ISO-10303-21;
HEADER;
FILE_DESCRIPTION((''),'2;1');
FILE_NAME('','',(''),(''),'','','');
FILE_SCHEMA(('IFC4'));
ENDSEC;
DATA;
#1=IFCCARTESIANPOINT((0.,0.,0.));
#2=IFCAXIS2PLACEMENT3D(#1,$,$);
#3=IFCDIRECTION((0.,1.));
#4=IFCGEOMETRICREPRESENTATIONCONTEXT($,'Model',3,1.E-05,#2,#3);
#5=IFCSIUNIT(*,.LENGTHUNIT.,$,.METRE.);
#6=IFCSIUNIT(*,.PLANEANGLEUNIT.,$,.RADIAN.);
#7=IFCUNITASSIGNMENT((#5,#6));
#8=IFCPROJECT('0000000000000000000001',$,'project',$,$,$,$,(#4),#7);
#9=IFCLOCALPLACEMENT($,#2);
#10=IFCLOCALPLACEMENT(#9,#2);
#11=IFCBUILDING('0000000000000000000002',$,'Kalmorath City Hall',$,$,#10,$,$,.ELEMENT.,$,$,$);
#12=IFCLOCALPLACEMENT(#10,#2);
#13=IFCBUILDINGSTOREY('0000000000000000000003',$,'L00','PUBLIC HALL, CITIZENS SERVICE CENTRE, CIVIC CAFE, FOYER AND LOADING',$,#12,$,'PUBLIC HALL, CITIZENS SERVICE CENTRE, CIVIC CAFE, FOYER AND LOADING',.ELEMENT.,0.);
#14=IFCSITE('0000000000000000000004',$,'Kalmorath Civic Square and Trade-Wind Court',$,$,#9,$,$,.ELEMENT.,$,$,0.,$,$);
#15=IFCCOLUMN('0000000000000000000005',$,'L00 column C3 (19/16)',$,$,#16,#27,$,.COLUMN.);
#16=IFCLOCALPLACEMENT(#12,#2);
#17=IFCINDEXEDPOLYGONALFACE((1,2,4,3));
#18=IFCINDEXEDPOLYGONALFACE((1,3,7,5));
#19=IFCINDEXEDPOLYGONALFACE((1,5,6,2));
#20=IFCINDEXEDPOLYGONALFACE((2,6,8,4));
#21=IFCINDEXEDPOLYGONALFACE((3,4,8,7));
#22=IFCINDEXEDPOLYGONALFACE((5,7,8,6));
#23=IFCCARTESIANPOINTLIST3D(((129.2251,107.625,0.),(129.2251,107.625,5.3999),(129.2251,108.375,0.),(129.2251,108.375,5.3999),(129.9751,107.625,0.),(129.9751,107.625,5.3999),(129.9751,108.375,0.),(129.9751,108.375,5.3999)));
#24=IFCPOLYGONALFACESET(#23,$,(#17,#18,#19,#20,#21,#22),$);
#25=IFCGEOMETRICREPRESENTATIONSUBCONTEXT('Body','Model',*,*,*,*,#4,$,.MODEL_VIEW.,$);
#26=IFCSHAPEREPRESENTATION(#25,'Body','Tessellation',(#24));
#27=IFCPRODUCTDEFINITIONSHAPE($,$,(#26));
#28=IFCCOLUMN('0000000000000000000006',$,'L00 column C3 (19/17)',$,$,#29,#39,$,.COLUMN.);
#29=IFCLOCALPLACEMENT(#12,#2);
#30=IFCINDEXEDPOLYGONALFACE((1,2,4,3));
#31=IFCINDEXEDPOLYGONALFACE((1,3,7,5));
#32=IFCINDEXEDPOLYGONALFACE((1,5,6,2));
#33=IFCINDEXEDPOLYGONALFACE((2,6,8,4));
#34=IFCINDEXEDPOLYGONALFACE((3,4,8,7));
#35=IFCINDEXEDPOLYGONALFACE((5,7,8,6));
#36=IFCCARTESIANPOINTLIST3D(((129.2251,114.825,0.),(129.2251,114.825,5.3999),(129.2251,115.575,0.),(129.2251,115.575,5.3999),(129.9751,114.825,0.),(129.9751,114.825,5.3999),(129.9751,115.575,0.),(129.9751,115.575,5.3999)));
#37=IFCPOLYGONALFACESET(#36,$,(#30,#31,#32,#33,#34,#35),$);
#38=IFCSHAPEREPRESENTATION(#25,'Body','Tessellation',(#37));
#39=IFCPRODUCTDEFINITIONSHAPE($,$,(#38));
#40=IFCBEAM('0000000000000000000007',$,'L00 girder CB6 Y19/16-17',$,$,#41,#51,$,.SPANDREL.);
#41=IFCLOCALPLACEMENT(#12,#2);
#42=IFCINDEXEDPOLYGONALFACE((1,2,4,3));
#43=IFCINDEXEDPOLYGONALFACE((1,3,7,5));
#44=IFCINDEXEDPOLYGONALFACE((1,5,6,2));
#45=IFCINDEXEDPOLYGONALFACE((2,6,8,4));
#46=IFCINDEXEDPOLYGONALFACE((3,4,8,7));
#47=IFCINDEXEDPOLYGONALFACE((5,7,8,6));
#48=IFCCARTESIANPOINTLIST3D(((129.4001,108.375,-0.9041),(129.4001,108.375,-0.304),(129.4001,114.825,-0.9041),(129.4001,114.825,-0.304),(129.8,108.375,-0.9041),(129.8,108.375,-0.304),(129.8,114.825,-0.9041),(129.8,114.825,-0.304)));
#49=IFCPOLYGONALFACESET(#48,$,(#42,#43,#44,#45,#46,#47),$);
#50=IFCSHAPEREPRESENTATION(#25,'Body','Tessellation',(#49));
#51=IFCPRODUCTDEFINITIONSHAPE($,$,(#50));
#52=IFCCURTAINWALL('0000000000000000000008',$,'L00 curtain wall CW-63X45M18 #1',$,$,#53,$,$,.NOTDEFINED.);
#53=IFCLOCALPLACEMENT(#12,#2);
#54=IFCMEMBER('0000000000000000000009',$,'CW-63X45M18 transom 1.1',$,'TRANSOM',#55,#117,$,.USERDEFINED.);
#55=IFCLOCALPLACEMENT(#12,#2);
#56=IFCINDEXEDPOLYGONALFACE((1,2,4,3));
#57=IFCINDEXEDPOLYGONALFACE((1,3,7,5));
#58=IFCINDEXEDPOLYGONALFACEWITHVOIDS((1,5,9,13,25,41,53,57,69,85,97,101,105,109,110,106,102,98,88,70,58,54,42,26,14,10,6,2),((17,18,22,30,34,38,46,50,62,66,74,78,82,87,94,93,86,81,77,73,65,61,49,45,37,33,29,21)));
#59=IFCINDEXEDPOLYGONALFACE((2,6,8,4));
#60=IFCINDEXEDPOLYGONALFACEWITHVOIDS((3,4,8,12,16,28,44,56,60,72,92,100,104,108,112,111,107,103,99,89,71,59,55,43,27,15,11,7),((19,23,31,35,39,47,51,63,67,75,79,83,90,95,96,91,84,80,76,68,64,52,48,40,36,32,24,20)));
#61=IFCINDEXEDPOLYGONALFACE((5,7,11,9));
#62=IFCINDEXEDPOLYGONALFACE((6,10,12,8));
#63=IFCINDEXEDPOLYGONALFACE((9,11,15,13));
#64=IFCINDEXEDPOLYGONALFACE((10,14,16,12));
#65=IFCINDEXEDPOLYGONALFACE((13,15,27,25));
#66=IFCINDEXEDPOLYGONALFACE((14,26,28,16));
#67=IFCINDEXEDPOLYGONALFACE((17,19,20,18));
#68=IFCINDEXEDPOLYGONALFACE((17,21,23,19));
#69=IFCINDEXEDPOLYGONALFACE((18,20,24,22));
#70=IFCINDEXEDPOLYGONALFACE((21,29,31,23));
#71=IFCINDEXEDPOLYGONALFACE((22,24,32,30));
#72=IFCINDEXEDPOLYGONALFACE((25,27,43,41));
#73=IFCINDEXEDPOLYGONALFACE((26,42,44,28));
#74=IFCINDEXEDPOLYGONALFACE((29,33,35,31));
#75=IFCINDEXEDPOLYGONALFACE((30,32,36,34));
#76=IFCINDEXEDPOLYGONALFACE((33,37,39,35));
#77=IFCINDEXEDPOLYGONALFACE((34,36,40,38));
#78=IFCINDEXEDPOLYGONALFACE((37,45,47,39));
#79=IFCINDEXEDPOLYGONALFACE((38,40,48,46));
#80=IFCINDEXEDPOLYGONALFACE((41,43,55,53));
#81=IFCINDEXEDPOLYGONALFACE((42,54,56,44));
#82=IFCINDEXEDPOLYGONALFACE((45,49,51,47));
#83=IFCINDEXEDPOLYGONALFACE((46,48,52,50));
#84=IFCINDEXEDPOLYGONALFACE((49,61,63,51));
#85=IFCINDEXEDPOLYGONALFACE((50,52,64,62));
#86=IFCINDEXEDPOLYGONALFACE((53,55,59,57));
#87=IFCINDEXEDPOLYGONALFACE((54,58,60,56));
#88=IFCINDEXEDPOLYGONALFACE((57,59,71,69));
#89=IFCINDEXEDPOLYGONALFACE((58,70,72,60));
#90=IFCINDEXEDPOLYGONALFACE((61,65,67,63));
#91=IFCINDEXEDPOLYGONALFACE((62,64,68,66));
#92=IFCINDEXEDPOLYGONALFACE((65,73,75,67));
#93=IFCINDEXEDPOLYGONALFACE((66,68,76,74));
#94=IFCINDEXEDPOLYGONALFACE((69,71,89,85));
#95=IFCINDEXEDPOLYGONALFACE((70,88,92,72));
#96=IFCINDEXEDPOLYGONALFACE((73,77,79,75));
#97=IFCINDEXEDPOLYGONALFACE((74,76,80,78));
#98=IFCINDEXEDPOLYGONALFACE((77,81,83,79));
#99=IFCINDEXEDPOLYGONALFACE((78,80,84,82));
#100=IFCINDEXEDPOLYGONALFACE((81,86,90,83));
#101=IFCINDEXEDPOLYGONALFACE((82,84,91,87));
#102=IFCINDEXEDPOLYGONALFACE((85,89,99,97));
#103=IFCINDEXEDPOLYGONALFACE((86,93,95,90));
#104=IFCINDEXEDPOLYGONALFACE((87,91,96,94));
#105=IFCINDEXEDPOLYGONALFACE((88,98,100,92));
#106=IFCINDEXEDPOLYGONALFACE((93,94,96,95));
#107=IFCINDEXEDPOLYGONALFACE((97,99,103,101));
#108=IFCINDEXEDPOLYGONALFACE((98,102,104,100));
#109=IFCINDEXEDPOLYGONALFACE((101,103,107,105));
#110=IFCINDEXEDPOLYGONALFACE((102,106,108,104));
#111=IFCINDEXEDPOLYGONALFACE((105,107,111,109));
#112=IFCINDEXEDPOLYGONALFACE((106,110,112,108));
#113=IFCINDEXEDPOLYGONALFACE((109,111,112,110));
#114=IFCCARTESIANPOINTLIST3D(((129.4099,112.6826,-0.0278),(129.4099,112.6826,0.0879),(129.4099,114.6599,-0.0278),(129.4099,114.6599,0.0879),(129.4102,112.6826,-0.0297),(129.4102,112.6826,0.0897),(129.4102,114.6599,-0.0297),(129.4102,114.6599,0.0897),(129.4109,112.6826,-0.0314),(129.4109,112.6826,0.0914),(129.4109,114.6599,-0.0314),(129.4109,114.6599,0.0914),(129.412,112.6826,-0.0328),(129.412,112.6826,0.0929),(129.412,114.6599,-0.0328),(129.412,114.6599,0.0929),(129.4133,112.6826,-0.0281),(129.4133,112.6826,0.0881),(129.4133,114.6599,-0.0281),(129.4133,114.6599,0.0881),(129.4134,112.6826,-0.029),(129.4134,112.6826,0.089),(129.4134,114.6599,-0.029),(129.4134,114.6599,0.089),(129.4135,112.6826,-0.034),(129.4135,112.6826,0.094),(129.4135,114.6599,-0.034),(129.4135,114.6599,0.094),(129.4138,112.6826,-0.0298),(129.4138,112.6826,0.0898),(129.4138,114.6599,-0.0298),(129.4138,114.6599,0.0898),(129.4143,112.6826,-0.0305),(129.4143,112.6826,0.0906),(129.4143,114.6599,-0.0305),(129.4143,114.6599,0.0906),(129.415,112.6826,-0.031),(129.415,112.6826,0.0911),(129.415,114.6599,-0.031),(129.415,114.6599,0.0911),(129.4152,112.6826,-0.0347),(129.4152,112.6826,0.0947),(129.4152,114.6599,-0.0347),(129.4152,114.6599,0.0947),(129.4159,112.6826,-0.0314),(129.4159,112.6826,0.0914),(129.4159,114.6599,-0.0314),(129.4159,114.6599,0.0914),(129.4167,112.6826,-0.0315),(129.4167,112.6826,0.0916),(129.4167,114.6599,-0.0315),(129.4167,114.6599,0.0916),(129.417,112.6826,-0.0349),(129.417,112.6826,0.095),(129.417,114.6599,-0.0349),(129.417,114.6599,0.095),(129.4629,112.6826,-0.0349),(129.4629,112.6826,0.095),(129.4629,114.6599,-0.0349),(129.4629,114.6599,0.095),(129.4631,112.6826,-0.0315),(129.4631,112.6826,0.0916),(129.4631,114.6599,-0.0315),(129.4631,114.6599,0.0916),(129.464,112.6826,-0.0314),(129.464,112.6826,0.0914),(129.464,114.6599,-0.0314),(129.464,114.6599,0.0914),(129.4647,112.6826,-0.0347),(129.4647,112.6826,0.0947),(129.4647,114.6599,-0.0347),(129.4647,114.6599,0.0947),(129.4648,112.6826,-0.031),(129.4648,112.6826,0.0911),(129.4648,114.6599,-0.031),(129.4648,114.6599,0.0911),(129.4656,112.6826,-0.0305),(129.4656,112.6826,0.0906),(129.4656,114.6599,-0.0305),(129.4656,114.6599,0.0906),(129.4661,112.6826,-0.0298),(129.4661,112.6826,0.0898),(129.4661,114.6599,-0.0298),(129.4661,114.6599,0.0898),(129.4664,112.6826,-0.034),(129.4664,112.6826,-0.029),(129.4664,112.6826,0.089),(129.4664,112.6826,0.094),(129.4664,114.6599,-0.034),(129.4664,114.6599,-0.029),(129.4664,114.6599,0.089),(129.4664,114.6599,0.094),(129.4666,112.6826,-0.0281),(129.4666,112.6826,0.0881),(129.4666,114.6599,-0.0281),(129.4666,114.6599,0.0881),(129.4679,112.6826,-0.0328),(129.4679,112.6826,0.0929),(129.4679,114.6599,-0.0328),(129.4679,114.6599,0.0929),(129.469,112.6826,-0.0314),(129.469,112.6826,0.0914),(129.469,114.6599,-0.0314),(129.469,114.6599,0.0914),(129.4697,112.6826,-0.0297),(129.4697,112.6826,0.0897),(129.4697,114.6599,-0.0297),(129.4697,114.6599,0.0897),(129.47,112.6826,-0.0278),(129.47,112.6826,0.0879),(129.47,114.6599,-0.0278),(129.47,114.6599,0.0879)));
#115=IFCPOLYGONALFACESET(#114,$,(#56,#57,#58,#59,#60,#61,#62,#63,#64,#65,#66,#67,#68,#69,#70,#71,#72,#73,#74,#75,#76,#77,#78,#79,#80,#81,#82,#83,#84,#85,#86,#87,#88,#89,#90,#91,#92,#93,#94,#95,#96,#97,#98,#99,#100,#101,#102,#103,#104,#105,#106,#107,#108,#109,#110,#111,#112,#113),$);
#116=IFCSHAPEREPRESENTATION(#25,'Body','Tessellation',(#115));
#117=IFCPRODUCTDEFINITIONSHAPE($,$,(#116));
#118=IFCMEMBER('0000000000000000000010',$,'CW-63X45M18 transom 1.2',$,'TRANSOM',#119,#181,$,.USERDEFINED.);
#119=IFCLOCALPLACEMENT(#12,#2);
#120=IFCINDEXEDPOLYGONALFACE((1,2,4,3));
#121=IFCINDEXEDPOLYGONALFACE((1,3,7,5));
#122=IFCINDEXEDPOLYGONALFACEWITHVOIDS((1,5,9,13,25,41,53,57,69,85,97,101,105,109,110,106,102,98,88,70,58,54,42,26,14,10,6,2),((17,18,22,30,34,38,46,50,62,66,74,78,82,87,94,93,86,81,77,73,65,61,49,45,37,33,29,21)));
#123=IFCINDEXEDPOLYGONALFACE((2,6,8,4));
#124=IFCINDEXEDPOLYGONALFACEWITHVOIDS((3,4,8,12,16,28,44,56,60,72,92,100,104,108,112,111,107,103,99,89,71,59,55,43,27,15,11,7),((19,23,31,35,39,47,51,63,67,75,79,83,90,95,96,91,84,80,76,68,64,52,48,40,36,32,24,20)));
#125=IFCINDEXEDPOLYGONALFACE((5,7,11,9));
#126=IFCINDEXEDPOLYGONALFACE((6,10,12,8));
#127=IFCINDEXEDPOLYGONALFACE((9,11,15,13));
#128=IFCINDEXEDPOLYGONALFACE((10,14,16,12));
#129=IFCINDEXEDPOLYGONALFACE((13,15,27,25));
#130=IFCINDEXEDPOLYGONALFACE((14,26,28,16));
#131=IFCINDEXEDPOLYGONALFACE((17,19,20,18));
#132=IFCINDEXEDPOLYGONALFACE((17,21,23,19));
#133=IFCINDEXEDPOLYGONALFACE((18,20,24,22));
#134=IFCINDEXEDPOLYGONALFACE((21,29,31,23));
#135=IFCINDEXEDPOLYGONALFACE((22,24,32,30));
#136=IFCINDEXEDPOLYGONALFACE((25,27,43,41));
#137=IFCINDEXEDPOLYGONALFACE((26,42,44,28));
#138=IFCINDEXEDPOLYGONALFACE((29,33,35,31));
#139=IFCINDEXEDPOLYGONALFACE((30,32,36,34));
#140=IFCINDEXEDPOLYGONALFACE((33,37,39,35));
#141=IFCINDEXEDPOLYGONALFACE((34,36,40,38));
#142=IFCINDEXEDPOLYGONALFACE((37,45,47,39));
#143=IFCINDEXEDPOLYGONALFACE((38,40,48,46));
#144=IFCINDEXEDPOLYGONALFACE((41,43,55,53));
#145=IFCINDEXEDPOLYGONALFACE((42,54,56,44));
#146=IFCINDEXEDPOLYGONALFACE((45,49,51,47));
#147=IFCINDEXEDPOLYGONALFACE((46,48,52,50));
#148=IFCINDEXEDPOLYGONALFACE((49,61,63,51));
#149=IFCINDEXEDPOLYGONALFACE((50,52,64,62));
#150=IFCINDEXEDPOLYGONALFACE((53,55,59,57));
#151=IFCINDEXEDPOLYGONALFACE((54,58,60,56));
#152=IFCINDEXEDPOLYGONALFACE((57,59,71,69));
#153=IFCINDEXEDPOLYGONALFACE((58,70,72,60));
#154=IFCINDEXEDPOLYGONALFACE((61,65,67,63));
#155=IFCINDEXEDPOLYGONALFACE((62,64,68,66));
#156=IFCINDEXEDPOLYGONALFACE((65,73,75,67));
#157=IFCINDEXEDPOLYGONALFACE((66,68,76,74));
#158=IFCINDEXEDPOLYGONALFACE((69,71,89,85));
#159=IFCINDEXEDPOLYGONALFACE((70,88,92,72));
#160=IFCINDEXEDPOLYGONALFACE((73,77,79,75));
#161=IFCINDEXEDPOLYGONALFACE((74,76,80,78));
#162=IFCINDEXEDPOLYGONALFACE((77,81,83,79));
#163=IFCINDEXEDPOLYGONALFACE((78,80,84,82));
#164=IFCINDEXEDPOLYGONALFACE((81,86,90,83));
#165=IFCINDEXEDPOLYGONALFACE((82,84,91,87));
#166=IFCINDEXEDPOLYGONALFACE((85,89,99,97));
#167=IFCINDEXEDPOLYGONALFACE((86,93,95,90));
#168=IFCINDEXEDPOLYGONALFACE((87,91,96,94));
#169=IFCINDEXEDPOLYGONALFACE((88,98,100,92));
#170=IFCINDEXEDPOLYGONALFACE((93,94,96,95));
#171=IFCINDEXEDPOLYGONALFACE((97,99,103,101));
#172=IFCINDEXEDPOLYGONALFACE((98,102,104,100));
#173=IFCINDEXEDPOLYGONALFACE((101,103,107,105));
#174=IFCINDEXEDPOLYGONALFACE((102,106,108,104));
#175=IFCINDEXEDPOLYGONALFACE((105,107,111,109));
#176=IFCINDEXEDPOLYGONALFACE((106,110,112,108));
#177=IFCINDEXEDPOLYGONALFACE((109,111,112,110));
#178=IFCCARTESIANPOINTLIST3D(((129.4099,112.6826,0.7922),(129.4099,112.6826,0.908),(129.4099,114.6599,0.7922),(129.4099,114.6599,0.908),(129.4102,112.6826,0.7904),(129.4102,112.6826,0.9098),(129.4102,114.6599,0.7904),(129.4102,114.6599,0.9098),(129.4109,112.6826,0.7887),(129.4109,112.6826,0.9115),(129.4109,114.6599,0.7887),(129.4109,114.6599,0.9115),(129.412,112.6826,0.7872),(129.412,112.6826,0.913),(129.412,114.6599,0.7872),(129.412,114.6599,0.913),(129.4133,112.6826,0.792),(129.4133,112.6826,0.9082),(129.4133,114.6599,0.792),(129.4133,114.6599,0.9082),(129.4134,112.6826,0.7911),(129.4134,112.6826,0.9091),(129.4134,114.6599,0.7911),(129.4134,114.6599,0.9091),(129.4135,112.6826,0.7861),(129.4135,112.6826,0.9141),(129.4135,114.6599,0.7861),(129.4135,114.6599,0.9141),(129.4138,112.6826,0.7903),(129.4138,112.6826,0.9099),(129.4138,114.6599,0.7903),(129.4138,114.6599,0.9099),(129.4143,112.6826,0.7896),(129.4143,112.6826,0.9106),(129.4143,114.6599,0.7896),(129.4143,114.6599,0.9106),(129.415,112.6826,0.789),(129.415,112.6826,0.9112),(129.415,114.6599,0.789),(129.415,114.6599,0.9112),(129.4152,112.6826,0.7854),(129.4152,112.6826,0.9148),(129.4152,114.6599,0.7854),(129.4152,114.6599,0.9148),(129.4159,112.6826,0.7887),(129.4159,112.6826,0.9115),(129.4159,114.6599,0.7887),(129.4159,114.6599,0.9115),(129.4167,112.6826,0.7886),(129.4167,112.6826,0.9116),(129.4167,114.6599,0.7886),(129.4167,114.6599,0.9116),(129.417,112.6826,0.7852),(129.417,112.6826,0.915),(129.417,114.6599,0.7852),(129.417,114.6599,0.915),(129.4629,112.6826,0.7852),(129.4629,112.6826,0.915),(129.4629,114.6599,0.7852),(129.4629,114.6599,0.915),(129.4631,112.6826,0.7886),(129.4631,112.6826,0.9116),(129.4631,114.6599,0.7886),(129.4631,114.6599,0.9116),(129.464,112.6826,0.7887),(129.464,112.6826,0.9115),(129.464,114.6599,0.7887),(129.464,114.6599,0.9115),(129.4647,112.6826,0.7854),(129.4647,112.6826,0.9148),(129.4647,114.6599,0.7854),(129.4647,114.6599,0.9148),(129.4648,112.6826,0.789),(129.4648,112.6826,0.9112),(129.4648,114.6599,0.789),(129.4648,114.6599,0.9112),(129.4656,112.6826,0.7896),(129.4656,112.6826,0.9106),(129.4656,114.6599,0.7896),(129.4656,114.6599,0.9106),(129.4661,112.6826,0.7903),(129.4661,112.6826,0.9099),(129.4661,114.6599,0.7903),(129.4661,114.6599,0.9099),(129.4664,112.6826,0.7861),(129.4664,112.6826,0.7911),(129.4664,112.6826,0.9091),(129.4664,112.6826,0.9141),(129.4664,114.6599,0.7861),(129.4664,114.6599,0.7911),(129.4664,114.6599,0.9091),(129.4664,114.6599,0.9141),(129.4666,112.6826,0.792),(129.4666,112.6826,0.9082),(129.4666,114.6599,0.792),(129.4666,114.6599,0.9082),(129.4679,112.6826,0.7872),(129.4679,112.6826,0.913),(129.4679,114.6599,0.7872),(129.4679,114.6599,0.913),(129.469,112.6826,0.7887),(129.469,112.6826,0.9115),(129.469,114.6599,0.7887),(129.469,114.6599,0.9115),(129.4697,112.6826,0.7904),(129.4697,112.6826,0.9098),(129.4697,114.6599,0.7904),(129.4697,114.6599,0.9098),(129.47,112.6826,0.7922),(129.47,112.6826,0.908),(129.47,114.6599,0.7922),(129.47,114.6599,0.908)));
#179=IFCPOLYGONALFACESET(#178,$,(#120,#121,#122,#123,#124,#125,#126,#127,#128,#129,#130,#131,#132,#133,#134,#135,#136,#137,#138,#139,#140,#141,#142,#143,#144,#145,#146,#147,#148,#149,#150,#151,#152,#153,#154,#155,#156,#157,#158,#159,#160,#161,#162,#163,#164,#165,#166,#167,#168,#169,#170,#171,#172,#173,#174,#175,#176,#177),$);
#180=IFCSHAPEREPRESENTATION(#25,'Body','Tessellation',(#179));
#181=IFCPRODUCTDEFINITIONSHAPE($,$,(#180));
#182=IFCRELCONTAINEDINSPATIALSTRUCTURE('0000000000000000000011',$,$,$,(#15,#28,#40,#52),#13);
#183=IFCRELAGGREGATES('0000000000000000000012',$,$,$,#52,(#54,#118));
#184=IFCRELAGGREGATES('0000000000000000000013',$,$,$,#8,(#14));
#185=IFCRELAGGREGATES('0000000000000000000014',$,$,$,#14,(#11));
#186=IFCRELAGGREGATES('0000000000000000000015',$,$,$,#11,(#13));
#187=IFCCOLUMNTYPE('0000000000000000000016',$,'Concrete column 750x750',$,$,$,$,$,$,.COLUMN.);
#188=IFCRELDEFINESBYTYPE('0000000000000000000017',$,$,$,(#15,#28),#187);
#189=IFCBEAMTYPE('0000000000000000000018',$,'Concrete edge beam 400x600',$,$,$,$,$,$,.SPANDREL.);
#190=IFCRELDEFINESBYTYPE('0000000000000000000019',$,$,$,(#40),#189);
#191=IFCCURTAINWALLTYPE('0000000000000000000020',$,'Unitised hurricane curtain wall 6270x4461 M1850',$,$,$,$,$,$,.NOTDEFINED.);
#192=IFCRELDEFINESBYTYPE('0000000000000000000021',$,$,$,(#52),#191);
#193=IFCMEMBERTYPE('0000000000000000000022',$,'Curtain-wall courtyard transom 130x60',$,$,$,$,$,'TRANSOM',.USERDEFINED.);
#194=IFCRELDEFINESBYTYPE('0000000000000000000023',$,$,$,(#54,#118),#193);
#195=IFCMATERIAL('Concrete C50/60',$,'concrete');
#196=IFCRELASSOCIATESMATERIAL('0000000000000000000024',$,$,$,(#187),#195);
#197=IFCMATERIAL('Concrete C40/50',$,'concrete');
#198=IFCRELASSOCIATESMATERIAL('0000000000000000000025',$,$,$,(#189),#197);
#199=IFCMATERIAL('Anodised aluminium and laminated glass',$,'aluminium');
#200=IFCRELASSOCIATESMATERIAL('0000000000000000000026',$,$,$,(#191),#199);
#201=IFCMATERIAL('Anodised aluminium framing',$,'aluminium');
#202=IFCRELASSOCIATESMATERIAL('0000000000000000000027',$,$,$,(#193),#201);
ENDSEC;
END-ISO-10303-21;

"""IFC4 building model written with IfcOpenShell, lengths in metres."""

from ifc_helpers import new_model, si_unit, direction, frame, origin, origin_2d, place, context, subcontext, project, spatial, rectangle, hollow_rectangle, extrude, material, material_profile, profile_set, type_object, element, aggregate, save


model = new_model("IFC4")

# Units and contexts
model_context = context("Model", 3, precision=1e-05, world=origin(), true_north=direction((0.0, 1.0)))
body_context = subcontext(model_context, "Body", "Model", "MODEL_VIEW")
ifc_project = project(units=[si_unit("LENGTHUNIT", "METRE"), si_unit("PLANEANGLEUNIT", "RADIAN")], contexts=[model_context])

# Site, building, storey
site_placement = place(None, origin())
site = spatial("IfcSite", under=ifc_project, at=site_placement, Name="Kalmorath Civic Square and Trade-Wind Court", CompositionType="ELEMENT", RefElevation=0.0)
building_placement = place(site_placement, origin())
building = spatial("IfcBuilding", under=site, at=building_placement, Name="Kalmorath City Hall", CompositionType="ELEMENT")
storey_placement = place(building_placement, origin())
storey = spatial("IfcBuildingStorey", under=building, at=storey_placement, Name="L00", Description="PUBLIC HALL, CITIZENS SERVICE CENTRE, CIVIC CAFE, FOYER AND LOADING", LongName="PUBLIC HALL, CITIZENS SERVICE CENTRE, CIVIC CAFE, FOYER AND LOADING", CompositionType="ELEMENT", Elevation=0.0)

# Columns
ifc_material_1 = material(Name="Concrete C50/60", Category="concrete")
ifc_material_profile_1 = material_profile(ifc_material_1, rectangle(XDim=0.75, YDim=0.75, at=origin_2d()), Name="RC-COL-750X750")
ifc_profile_set_1 = profile_set([ifc_material_profile_1], Name="Concrete C50/60")
column_type = type_object("IfcColumnType", Name="Concrete column 750x750", PredefinedType="COLUMN", material=ifc_profile_set_1)
for number, where, z_axis, x_axis, name in (
    (1, (129.6001, 108.0, 0.0), (0.0, 0.0, 1.0), (1.0, 0.0, 0.0), "L00 column C3 (19/16)"),
    (2, (129.6001, 115.2, 0.0), (0.0, 0.0, 1.0), (1.0, 0.0, 0.0), "L00 column C3 (19/17)"),
):
    element("IfcColumn", number, at=place(storey_placement, frame(where, z_axis=z_axis, x_axis=x_axis)), inside=storey, type_object=column_type, Name=name, PredefinedType="COLUMN", context=body_context, shape_type="SweptSolid", body=[
        extrude(rectangle(XDim=0.75, YDim=0.75, at=origin_2d()), origin(), (0.0, 0.0, 1.0), 5.3999),
    ])

# Beam
ifc_material_2 = material(Name="Concrete C40/50", Category="concrete")
ifc_material_profile_2 = material_profile(ifc_material_2, rectangle(XDim=0.3999, YDim=0.6001, at=origin_2d()), Name="RC-BM-400X600")
ifc_profile_set_2 = profile_set([ifc_material_profile_2], Name="Concrete C40/50")
beam_type = type_object("IfcBeamType", Name="Concrete edge beam 400x600", PredefinedType="SPANDREL", material=ifc_profile_set_2)
beam_placement = place(storey_placement, frame((129.6001, 108.375, -0.604), z_axis=(0.0, 1.0, 0.0), x_axis=(-1.0, 0.0, 0.0)))
element("IfcBeam", 3, at=beam_placement, inside=storey, type_object=beam_type, Name="L00 girder CB6 Y19/16-17", PredefinedType="SPANDREL", context=body_context, shape_type="SweptSolid", body=[
    extrude(rectangle(XDim=0.3999, YDim=0.6001, at=origin_2d()), origin(), (0.0, 0.0, 1.0), 6.45),
])

# Curtain wall, members
ifc_material_3 = material(Name="Anodised aluminium and laminated glass", Category="aluminium")
curtain_wall_type = type_object("IfcCurtainWallType", Name="Unitised hurricane curtain wall 6270x4461 M1850", PredefinedType="NOTDEFINED", material=ifc_material_3)
curtain_wall_placement = place(storey_placement, origin())
curtain_wall = element("IfcCurtainWall", 4, at=curtain_wall_placement, inside=storey, type_object=curtain_wall_type, Name="L00 curtain wall CW-63X45M18 #1", PredefinedType="NOTDEFINED")
ifc_material_4 = material(Name="Anodised aluminium framing", Category="aluminium")
ifc_material_profile_3 = material_profile(ifc_material_4, hollow_rectangle(XDim=0.0601, YDim=0.1299, WallThickness=0.0034, InnerFilletRadius=0.0034, OuterFilletRadius=0.0071, at=origin_2d()), Name="ALU-TRN-130X60X3.5")
ifc_profile_set_3 = profile_set([ifc_material_profile_3], Name="Anodised aluminium framing")
member_type_1 = type_object("IfcMemberType", Name="Curtain-wall courtyard transom 130x60", ElementType="TRANSOM", PredefinedType="USERDEFINED", material=ifc_profile_set_3)
member_1_placement = place(storey_placement, frame((129.4399, 114.6599, 0.03), z_axis=(0.0, -1.0, 0.0), x_axis=(1.0, 0.0, 0.0)))
member_1 = element("IfcMember", 5, at=member_1_placement, type_object=member_type_1, Name="CW-63X45M18 transom 1.1", ObjectType="TRANSOM", PredefinedType="USERDEFINED", context=body_context, shape_type="SweptSolid", body=[
    extrude(hollow_rectangle(XDim=0.0601, YDim=0.1299, WallThickness=0.0034, InnerFilletRadius=0.0034, OuterFilletRadius=0.0071, at=origin_2d()), origin(), (0.0, 0.0, 1.0), 1.9773),
])
member_2_placement = place(storey_placement, frame((129.4399, 114.6599, 0.8501), z_axis=(0.0, -1.0, 0.0), x_axis=(1.0, 0.0, 0.0)))
member_2 = element("IfcMember", 6, at=member_2_placement, type_object=member_type_1, Name="CW-63X45M18 transom 1.2", ObjectType="TRANSOM", PredefinedType="USERDEFINED", context=body_context, shape_type="SweptSolid", body=[
    extrude(hollow_rectangle(XDim=0.0601, YDim=0.1299, WallThickness=0.0034, InnerFilletRadius=0.0034, OuterFilletRadius=0.0071, at=origin_2d()), origin(), (0.0, 0.0, 1.0), 1.9773),
])
aggregate(curtain_wall, [member_1, member_2])

save(model, "model.ifc")
